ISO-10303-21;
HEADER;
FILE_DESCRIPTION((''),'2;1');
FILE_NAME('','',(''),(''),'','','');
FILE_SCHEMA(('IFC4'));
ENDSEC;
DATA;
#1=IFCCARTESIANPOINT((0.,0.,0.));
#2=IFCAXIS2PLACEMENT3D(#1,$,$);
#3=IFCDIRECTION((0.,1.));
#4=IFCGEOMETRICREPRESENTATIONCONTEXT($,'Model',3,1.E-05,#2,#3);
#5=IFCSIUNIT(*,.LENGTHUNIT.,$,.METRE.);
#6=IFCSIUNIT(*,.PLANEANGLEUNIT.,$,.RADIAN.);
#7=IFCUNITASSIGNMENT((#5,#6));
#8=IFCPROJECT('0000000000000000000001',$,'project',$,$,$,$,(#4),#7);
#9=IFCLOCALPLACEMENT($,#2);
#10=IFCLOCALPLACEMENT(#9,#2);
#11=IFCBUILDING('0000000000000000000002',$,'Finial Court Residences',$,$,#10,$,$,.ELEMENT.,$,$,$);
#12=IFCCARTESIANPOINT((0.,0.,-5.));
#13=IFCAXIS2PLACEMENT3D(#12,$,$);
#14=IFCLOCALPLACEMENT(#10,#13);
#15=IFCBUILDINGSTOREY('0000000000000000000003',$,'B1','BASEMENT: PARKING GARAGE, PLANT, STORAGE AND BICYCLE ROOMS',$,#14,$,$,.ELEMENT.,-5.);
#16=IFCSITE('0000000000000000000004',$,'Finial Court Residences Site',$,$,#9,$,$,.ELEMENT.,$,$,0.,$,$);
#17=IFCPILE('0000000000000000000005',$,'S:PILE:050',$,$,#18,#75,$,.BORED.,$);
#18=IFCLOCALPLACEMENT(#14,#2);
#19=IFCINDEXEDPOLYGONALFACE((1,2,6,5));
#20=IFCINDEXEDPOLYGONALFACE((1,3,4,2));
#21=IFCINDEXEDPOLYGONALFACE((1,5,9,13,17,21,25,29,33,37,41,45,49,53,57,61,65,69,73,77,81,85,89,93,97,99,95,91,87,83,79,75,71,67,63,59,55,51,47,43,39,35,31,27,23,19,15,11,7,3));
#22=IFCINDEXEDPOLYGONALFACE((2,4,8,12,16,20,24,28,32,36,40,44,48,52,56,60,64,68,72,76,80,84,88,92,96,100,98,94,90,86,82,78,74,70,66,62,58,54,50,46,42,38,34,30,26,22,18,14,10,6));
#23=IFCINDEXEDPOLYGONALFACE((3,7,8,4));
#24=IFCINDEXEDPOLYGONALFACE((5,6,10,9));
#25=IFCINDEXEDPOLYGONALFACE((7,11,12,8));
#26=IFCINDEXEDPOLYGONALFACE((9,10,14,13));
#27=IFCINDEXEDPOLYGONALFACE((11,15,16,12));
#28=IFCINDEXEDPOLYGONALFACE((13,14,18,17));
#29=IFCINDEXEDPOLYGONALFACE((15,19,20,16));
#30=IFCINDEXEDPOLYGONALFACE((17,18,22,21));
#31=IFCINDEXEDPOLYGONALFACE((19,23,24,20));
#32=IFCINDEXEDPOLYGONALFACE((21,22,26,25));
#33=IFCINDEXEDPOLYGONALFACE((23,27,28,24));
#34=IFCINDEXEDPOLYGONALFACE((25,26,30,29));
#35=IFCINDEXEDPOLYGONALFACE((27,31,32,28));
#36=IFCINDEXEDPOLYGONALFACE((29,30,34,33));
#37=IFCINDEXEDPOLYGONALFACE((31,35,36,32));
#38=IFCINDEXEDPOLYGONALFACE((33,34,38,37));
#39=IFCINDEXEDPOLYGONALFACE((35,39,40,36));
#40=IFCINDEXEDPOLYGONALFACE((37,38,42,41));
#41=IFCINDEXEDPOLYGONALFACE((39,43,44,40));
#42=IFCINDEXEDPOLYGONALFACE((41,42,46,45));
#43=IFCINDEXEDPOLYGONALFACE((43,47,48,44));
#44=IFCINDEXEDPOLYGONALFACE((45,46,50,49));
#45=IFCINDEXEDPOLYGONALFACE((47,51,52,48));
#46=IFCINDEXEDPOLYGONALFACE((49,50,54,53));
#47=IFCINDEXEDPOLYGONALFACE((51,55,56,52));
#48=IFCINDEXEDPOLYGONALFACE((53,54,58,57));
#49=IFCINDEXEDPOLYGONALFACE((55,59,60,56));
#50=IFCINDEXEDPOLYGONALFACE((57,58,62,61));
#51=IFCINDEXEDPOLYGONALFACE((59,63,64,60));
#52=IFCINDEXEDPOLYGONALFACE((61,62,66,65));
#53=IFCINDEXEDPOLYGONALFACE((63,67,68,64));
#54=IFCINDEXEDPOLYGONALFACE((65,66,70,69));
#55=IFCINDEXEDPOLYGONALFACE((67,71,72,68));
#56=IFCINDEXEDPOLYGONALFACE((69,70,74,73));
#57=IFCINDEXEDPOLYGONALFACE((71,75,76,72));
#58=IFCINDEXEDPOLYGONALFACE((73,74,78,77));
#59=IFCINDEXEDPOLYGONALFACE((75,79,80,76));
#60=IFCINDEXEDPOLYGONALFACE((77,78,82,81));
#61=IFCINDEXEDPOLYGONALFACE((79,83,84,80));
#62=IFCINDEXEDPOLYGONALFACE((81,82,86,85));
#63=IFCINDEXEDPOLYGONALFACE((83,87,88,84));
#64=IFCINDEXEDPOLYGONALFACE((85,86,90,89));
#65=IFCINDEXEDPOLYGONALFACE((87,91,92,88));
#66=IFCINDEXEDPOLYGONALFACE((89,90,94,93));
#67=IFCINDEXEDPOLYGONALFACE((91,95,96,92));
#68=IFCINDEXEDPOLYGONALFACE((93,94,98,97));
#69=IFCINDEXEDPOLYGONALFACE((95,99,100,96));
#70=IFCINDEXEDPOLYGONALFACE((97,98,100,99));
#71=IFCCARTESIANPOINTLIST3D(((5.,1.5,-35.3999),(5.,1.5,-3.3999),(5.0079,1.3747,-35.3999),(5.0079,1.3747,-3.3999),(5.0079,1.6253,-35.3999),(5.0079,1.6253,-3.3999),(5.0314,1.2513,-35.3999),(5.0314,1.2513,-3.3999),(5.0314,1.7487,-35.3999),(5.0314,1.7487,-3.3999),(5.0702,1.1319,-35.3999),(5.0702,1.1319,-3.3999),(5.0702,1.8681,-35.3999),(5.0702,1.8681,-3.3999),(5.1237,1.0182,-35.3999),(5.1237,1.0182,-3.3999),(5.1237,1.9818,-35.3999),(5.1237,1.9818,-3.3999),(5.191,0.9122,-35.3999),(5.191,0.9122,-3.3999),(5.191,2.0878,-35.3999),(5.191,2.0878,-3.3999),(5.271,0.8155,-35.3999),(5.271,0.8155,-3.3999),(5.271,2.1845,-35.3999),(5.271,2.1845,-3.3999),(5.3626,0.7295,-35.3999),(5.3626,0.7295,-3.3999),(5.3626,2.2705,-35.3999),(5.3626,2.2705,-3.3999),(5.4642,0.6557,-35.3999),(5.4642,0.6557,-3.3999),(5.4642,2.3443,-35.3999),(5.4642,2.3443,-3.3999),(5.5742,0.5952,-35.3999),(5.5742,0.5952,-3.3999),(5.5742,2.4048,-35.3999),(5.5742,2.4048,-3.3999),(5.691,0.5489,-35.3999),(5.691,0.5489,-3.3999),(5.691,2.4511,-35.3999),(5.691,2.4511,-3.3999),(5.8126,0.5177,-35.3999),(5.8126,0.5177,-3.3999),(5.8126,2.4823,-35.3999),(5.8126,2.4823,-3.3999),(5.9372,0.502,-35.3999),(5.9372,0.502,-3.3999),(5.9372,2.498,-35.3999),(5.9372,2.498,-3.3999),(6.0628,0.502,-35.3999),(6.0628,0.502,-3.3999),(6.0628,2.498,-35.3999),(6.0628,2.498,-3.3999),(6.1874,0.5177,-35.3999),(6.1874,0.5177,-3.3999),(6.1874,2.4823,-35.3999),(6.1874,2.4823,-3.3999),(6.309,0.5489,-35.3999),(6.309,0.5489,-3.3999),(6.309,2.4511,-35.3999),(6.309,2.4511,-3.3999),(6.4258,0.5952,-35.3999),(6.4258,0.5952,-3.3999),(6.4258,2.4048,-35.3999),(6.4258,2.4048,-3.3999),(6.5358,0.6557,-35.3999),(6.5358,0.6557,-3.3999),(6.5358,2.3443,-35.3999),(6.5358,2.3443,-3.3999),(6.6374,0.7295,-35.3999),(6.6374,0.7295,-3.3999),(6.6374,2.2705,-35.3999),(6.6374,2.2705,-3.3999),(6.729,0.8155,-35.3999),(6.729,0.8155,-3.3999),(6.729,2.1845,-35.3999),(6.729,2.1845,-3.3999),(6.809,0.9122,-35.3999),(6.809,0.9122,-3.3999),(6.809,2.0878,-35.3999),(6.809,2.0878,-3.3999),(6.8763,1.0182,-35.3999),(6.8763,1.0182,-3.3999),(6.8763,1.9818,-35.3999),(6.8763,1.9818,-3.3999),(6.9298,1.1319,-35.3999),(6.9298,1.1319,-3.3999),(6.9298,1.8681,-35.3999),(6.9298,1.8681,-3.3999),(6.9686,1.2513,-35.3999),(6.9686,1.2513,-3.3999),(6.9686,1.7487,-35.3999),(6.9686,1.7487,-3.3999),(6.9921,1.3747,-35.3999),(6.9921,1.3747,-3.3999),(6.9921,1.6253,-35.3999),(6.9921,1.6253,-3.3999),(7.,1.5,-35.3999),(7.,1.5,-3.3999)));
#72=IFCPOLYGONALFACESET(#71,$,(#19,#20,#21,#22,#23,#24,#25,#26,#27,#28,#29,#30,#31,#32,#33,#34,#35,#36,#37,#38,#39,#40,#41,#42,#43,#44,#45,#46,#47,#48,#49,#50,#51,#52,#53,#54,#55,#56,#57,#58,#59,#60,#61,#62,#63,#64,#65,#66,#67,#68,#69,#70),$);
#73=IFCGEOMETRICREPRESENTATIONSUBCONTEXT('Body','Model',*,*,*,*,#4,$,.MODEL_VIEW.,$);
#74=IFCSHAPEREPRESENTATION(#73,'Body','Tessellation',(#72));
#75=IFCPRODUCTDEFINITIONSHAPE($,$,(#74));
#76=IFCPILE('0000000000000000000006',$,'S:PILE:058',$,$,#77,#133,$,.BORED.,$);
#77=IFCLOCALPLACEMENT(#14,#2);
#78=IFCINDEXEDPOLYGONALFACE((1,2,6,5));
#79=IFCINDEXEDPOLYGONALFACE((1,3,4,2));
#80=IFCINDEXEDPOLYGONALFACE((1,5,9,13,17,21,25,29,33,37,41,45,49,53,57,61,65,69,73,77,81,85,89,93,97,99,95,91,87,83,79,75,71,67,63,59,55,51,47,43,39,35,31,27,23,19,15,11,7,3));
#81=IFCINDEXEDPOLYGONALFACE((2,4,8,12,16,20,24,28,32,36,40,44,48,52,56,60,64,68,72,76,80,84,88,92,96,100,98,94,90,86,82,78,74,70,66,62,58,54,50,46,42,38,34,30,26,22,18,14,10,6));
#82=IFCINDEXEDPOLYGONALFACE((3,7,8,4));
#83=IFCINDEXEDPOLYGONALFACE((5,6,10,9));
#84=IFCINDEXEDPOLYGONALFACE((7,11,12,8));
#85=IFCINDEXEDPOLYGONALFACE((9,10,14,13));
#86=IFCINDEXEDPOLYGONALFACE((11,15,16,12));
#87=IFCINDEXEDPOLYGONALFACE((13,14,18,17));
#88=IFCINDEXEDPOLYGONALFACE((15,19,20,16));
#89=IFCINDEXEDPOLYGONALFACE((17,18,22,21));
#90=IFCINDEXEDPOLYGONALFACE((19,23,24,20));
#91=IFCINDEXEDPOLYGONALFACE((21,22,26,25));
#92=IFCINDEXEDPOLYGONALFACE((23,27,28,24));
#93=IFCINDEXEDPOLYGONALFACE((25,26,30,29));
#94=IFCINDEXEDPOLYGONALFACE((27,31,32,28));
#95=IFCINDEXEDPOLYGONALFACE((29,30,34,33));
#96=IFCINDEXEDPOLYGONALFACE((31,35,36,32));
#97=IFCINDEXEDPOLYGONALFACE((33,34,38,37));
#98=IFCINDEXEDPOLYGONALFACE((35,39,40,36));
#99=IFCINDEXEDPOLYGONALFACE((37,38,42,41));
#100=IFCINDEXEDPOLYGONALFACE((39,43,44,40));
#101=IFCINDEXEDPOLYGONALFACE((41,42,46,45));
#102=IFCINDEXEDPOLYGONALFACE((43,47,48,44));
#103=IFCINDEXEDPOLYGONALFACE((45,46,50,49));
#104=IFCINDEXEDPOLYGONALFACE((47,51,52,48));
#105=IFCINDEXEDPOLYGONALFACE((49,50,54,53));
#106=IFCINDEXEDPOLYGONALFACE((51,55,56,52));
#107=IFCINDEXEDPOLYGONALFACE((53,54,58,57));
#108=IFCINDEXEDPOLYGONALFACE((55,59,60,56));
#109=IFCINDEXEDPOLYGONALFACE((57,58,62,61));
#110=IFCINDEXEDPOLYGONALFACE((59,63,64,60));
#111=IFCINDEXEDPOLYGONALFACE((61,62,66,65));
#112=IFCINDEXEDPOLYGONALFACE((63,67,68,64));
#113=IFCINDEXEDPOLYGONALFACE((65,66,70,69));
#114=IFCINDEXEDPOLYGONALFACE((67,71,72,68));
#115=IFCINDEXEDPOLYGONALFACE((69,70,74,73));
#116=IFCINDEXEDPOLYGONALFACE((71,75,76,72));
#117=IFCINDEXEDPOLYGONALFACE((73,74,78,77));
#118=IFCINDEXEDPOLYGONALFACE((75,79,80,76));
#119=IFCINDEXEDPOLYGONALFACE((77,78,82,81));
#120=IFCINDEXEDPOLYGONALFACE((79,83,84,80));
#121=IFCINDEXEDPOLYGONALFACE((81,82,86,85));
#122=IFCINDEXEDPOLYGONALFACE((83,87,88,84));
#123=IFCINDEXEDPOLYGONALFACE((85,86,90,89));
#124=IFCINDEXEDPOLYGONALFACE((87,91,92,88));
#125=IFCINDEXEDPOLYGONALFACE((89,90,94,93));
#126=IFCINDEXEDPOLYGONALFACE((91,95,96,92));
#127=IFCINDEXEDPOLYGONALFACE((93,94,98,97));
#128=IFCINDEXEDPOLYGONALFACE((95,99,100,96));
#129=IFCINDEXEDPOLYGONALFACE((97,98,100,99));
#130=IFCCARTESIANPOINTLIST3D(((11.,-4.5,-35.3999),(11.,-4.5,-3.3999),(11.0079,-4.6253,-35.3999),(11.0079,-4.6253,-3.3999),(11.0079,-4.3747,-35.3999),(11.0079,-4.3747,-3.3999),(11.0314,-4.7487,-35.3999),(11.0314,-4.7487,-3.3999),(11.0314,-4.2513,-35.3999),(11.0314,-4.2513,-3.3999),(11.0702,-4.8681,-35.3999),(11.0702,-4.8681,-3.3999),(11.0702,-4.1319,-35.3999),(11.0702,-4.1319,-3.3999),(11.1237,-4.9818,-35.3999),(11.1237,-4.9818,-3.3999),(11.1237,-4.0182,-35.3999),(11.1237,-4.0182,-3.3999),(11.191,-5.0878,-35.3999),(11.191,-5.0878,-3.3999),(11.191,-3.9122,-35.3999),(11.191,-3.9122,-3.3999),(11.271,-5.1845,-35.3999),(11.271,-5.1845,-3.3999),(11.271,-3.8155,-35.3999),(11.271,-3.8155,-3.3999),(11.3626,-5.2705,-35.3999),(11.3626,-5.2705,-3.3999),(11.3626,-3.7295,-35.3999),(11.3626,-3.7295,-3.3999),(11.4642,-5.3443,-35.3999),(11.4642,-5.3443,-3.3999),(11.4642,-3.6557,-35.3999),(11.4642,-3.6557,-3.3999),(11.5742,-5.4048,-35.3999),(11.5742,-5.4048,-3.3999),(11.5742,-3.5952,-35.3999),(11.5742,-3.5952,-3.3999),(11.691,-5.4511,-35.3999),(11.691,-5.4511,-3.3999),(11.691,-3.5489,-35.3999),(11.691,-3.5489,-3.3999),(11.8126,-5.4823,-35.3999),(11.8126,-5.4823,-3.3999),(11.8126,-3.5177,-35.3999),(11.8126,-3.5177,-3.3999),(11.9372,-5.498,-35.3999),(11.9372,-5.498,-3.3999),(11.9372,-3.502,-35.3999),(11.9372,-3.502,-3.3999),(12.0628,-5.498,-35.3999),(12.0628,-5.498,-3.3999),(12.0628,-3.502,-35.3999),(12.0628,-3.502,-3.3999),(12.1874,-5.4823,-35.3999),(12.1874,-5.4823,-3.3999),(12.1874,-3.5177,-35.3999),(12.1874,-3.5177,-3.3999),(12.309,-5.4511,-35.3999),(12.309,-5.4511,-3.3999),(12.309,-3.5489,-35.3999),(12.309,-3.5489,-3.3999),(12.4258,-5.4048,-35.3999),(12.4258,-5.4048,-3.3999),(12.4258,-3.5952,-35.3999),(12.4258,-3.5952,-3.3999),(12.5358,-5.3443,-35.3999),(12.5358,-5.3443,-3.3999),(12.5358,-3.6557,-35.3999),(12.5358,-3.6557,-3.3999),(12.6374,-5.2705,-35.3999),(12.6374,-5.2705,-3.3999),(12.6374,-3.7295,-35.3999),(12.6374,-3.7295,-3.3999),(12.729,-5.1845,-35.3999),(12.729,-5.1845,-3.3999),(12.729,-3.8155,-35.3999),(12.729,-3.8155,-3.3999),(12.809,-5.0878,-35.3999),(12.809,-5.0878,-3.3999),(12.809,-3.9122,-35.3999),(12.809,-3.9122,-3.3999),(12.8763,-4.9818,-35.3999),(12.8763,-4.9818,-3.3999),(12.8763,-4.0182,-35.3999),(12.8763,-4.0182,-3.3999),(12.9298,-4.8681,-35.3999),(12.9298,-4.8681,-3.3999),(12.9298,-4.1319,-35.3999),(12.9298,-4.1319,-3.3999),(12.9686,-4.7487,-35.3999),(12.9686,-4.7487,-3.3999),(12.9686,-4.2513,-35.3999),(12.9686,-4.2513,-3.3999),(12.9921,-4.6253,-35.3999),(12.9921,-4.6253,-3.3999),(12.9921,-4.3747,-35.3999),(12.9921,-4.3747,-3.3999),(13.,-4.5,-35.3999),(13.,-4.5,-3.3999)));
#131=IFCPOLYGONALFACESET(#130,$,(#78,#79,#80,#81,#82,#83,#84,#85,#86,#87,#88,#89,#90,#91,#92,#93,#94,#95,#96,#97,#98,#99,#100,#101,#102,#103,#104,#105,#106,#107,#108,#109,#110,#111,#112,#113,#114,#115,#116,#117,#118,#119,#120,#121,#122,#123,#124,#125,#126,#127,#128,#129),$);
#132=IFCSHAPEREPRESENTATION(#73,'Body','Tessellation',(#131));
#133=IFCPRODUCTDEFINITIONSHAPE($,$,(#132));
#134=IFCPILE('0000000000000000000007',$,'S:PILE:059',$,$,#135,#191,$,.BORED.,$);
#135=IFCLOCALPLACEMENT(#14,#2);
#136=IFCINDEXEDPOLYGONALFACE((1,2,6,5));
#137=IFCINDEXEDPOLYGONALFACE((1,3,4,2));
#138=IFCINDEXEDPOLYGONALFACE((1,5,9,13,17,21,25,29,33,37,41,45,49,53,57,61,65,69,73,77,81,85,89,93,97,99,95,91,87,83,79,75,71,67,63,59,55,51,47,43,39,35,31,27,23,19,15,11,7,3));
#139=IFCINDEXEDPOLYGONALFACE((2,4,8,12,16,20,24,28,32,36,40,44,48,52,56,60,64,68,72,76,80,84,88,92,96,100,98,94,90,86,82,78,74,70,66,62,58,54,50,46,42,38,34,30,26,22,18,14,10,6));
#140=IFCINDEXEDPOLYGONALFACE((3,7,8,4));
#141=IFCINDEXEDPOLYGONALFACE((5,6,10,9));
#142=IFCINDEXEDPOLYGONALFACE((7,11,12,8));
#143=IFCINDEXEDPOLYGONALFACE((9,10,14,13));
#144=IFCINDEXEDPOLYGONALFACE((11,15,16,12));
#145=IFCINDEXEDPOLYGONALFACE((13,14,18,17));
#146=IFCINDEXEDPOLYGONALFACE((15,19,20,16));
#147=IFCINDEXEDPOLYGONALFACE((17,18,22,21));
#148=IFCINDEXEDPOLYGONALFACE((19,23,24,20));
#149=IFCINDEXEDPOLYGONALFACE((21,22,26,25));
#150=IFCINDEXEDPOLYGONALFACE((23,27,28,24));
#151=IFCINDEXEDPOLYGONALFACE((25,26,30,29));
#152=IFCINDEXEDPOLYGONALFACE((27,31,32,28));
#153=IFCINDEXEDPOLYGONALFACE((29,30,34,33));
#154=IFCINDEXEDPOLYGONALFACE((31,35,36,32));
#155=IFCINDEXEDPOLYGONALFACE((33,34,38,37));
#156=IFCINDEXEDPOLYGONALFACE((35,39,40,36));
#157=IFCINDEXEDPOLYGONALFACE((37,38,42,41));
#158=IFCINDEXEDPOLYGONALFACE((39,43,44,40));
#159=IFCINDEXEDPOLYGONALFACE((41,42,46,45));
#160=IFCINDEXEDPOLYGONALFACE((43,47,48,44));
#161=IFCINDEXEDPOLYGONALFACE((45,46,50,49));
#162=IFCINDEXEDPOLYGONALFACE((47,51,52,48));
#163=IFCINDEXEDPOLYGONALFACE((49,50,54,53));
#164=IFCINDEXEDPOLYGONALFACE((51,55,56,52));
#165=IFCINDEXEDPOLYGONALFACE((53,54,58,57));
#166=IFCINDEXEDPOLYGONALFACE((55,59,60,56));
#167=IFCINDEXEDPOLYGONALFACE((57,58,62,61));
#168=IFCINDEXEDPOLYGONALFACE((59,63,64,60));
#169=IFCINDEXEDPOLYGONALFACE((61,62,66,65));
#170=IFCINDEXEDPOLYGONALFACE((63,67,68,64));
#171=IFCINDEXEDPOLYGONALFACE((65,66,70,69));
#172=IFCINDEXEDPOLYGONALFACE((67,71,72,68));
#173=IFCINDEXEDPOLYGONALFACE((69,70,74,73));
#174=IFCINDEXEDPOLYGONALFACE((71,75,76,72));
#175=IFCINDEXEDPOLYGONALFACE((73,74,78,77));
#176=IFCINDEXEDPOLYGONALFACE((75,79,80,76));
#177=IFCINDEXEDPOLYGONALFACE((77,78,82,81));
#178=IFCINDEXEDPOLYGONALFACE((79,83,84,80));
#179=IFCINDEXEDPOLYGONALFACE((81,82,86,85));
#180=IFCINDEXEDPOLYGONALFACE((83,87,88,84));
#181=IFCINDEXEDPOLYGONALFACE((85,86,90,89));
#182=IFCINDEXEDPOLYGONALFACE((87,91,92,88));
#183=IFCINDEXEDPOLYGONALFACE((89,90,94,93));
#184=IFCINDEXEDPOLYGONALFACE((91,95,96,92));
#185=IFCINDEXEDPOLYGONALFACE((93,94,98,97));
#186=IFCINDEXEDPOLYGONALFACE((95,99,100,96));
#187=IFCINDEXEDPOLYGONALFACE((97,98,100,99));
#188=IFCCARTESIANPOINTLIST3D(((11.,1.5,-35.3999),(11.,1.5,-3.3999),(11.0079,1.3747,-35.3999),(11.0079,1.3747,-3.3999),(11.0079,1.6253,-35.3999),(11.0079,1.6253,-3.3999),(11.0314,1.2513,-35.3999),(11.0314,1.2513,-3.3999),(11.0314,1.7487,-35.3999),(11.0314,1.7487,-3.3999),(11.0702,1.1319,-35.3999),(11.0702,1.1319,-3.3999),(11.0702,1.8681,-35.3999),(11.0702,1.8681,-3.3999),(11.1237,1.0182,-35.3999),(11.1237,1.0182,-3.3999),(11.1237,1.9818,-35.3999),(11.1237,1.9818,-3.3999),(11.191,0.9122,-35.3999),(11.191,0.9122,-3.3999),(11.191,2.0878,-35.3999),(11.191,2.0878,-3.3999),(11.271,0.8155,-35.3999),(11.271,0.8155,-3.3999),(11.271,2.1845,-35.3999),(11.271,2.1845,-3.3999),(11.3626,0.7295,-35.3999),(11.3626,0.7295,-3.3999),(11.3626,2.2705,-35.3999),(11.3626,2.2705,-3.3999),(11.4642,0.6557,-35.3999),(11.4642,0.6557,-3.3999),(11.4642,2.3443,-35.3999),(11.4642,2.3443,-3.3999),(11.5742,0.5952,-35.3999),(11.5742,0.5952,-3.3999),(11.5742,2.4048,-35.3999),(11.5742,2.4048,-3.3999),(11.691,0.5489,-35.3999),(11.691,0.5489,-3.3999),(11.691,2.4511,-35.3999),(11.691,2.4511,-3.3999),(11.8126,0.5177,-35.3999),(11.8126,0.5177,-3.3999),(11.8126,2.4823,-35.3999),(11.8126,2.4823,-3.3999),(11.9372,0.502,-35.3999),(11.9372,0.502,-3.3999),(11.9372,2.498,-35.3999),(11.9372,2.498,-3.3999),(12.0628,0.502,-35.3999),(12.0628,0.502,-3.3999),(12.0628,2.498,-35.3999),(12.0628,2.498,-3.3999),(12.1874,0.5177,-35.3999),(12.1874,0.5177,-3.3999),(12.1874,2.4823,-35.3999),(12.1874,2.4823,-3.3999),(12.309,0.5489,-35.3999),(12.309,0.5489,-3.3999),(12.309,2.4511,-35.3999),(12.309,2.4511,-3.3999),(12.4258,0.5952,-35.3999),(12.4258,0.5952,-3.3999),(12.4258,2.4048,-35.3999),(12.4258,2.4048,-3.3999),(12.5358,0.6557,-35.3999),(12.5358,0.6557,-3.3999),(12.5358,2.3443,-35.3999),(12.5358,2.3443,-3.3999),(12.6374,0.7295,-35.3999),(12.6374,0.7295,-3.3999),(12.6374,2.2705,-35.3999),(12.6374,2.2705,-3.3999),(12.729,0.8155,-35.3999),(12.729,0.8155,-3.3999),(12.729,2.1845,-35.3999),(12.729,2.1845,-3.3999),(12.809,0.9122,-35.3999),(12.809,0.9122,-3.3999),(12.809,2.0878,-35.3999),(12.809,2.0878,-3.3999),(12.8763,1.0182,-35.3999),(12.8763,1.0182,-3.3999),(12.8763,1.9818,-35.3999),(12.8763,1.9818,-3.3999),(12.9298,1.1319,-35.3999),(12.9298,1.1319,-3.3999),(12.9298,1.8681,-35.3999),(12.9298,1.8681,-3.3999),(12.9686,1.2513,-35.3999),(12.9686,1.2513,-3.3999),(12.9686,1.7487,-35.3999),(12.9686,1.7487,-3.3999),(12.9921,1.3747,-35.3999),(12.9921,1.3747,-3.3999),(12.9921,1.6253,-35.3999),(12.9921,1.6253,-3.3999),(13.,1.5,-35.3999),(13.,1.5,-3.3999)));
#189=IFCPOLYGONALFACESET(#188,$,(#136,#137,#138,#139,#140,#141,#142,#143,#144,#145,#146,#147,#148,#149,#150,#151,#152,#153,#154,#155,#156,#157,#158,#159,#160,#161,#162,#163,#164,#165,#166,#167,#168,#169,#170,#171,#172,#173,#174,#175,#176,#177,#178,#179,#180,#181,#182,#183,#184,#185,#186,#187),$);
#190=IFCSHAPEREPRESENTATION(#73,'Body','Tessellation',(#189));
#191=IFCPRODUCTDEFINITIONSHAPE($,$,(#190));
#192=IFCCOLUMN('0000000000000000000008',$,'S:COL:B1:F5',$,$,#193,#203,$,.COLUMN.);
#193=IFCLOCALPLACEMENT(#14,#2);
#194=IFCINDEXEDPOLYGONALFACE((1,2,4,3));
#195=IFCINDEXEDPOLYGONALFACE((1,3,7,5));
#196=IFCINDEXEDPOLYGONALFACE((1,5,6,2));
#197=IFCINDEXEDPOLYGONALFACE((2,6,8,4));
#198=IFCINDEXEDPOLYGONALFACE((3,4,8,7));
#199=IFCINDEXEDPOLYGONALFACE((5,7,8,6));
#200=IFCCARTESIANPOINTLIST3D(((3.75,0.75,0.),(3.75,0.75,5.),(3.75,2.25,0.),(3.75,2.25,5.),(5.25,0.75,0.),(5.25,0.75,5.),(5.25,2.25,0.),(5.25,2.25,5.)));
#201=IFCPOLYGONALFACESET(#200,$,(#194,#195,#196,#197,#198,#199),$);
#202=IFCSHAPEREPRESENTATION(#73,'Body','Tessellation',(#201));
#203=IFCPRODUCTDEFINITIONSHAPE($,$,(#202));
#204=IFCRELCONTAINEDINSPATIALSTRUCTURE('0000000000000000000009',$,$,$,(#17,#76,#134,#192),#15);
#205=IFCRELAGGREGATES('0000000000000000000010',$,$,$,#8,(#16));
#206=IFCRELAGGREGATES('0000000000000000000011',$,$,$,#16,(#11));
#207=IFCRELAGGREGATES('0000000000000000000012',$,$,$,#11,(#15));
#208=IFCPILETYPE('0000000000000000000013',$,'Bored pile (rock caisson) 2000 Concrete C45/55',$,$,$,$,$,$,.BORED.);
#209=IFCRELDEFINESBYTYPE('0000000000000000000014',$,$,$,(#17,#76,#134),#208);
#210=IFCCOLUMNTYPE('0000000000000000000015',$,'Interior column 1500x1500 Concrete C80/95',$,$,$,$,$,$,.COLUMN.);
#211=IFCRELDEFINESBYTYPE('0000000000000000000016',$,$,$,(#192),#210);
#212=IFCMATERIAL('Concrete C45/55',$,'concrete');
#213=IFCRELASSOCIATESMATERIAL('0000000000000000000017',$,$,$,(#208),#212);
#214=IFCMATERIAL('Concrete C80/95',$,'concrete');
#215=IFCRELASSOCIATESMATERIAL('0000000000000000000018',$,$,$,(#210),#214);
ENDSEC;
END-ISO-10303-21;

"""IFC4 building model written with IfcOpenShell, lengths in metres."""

from ifc_helpers import new_model, si_unit, direction, frame, origin, origin_2d, place, context, subcontext, project, spatial, rectangle, circle, extrude, material, material_profile, profile_set, type_object, element, save


model = new_model("IFC4")

# Units and contexts
model_context = context("Model", 3, precision=1e-05, world=origin(), true_north=direction((0.0, 1.0)))
body_context = subcontext(model_context, "Body", "Model", "MODEL_VIEW")
ifc_project = project(units=[si_unit("LENGTHUNIT", "METRE"), si_unit("PLANEANGLEUNIT", "RADIAN")], contexts=[model_context])

# Site, building, storey
site_placement = place(None, origin())
site = spatial("IfcSite", under=ifc_project, at=site_placement, Name="Finial Court Residences Site", CompositionType="ELEMENT", RefElevation=0.0)
building_placement = place(site_placement, origin())
building = spatial("IfcBuilding", under=site, at=building_placement, Name="Finial Court Residences", CompositionType="ELEMENT")
storey_placement = place(building_placement, frame((0.0, 0.0, -5.0)))
storey = spatial("IfcBuildingStorey", under=building, at=storey_placement, Name="B1", Description="BASEMENT: PARKING GARAGE, PLANT, STORAGE AND BICYCLE ROOMS", CompositionType="ELEMENT", Elevation=-5.0)

# Piles
ifc_material_1 = material(Name="Concrete C45/55", Category="concrete")
ifc_material_profile_1 = material_profile(ifc_material_1, circle(Radius=1.0, at=origin_2d()), Name="D2000")
ifc_profile_set_1 = profile_set([ifc_material_profile_1], Name="Concrete C45/55")
pile_type = type_object("IfcPileType", Name="Bored pile (rock caisson) 2000 Concrete C45/55", PredefinedType="BORED", material=ifc_profile_set_1)
for number, where, z_axis, x_axis, name in (
    (1, (6.0, 1.5, -3.3999), (0.0, 0.0, -1.0), (1.0, 0.0, 0.0), "S:PILE:050"),
    (2, (12.0, -4.5, -3.3999), (0.0, 0.0, -1.0), (1.0, 0.0, 0.0), "S:PILE:058"),
    (3, (12.0, 1.5, -3.3999), (0.0, 0.0, -1.0), (1.0, 0.0, 0.0), "S:PILE:059"),
):
    element("IfcPile", number, at=place(storey_placement, frame(where, z_axis=z_axis, x_axis=x_axis)), inside=storey, type_object=pile_type, Name=name, PredefinedType="BORED", context=body_context, shape_type="SweptSolid", body=[
        extrude(circle(Radius=1.0, at=origin_2d()), origin(), (0.0, 0.0, 1.0), 32.0),
    ])

# Column
ifc_material_2 = material(Name="Concrete C80/95", Category="concrete")
ifc_material_profile_2 = material_profile(ifc_material_2, rectangle(XDim=1.5, YDim=1.5, at=origin_2d()), Name="1500x1500")
ifc_profile_set_2 = profile_set([ifc_material_profile_2], Name="Concrete C80/95")
column_type = type_object("IfcColumnType", Name="Interior column 1500x1500 Concrete C80/95", PredefinedType="COLUMN", material=ifc_profile_set_2)
for number, where, z_axis, x_axis, name in (
    (4, (4.5, 1.5, 0.0), (0.0, 0.0, 1.0), (1.0, 0.0, 0.0), "S:COL:B1:F5"),
):
    element("IfcColumn", number, at=place(storey_placement, frame(where, z_axis=z_axis, x_axis=x_axis)), inside=storey, type_object=column_type, Name=name, PredefinedType="COLUMN", context=body_context, shape_type="SweptSolid", body=[
        extrude(rectangle(XDim=1.5, YDim=1.5, at=origin_2d()), origin(), (0.0, 0.0, 1.0), 5.0),
    ])

save(model, "model.ifc")
